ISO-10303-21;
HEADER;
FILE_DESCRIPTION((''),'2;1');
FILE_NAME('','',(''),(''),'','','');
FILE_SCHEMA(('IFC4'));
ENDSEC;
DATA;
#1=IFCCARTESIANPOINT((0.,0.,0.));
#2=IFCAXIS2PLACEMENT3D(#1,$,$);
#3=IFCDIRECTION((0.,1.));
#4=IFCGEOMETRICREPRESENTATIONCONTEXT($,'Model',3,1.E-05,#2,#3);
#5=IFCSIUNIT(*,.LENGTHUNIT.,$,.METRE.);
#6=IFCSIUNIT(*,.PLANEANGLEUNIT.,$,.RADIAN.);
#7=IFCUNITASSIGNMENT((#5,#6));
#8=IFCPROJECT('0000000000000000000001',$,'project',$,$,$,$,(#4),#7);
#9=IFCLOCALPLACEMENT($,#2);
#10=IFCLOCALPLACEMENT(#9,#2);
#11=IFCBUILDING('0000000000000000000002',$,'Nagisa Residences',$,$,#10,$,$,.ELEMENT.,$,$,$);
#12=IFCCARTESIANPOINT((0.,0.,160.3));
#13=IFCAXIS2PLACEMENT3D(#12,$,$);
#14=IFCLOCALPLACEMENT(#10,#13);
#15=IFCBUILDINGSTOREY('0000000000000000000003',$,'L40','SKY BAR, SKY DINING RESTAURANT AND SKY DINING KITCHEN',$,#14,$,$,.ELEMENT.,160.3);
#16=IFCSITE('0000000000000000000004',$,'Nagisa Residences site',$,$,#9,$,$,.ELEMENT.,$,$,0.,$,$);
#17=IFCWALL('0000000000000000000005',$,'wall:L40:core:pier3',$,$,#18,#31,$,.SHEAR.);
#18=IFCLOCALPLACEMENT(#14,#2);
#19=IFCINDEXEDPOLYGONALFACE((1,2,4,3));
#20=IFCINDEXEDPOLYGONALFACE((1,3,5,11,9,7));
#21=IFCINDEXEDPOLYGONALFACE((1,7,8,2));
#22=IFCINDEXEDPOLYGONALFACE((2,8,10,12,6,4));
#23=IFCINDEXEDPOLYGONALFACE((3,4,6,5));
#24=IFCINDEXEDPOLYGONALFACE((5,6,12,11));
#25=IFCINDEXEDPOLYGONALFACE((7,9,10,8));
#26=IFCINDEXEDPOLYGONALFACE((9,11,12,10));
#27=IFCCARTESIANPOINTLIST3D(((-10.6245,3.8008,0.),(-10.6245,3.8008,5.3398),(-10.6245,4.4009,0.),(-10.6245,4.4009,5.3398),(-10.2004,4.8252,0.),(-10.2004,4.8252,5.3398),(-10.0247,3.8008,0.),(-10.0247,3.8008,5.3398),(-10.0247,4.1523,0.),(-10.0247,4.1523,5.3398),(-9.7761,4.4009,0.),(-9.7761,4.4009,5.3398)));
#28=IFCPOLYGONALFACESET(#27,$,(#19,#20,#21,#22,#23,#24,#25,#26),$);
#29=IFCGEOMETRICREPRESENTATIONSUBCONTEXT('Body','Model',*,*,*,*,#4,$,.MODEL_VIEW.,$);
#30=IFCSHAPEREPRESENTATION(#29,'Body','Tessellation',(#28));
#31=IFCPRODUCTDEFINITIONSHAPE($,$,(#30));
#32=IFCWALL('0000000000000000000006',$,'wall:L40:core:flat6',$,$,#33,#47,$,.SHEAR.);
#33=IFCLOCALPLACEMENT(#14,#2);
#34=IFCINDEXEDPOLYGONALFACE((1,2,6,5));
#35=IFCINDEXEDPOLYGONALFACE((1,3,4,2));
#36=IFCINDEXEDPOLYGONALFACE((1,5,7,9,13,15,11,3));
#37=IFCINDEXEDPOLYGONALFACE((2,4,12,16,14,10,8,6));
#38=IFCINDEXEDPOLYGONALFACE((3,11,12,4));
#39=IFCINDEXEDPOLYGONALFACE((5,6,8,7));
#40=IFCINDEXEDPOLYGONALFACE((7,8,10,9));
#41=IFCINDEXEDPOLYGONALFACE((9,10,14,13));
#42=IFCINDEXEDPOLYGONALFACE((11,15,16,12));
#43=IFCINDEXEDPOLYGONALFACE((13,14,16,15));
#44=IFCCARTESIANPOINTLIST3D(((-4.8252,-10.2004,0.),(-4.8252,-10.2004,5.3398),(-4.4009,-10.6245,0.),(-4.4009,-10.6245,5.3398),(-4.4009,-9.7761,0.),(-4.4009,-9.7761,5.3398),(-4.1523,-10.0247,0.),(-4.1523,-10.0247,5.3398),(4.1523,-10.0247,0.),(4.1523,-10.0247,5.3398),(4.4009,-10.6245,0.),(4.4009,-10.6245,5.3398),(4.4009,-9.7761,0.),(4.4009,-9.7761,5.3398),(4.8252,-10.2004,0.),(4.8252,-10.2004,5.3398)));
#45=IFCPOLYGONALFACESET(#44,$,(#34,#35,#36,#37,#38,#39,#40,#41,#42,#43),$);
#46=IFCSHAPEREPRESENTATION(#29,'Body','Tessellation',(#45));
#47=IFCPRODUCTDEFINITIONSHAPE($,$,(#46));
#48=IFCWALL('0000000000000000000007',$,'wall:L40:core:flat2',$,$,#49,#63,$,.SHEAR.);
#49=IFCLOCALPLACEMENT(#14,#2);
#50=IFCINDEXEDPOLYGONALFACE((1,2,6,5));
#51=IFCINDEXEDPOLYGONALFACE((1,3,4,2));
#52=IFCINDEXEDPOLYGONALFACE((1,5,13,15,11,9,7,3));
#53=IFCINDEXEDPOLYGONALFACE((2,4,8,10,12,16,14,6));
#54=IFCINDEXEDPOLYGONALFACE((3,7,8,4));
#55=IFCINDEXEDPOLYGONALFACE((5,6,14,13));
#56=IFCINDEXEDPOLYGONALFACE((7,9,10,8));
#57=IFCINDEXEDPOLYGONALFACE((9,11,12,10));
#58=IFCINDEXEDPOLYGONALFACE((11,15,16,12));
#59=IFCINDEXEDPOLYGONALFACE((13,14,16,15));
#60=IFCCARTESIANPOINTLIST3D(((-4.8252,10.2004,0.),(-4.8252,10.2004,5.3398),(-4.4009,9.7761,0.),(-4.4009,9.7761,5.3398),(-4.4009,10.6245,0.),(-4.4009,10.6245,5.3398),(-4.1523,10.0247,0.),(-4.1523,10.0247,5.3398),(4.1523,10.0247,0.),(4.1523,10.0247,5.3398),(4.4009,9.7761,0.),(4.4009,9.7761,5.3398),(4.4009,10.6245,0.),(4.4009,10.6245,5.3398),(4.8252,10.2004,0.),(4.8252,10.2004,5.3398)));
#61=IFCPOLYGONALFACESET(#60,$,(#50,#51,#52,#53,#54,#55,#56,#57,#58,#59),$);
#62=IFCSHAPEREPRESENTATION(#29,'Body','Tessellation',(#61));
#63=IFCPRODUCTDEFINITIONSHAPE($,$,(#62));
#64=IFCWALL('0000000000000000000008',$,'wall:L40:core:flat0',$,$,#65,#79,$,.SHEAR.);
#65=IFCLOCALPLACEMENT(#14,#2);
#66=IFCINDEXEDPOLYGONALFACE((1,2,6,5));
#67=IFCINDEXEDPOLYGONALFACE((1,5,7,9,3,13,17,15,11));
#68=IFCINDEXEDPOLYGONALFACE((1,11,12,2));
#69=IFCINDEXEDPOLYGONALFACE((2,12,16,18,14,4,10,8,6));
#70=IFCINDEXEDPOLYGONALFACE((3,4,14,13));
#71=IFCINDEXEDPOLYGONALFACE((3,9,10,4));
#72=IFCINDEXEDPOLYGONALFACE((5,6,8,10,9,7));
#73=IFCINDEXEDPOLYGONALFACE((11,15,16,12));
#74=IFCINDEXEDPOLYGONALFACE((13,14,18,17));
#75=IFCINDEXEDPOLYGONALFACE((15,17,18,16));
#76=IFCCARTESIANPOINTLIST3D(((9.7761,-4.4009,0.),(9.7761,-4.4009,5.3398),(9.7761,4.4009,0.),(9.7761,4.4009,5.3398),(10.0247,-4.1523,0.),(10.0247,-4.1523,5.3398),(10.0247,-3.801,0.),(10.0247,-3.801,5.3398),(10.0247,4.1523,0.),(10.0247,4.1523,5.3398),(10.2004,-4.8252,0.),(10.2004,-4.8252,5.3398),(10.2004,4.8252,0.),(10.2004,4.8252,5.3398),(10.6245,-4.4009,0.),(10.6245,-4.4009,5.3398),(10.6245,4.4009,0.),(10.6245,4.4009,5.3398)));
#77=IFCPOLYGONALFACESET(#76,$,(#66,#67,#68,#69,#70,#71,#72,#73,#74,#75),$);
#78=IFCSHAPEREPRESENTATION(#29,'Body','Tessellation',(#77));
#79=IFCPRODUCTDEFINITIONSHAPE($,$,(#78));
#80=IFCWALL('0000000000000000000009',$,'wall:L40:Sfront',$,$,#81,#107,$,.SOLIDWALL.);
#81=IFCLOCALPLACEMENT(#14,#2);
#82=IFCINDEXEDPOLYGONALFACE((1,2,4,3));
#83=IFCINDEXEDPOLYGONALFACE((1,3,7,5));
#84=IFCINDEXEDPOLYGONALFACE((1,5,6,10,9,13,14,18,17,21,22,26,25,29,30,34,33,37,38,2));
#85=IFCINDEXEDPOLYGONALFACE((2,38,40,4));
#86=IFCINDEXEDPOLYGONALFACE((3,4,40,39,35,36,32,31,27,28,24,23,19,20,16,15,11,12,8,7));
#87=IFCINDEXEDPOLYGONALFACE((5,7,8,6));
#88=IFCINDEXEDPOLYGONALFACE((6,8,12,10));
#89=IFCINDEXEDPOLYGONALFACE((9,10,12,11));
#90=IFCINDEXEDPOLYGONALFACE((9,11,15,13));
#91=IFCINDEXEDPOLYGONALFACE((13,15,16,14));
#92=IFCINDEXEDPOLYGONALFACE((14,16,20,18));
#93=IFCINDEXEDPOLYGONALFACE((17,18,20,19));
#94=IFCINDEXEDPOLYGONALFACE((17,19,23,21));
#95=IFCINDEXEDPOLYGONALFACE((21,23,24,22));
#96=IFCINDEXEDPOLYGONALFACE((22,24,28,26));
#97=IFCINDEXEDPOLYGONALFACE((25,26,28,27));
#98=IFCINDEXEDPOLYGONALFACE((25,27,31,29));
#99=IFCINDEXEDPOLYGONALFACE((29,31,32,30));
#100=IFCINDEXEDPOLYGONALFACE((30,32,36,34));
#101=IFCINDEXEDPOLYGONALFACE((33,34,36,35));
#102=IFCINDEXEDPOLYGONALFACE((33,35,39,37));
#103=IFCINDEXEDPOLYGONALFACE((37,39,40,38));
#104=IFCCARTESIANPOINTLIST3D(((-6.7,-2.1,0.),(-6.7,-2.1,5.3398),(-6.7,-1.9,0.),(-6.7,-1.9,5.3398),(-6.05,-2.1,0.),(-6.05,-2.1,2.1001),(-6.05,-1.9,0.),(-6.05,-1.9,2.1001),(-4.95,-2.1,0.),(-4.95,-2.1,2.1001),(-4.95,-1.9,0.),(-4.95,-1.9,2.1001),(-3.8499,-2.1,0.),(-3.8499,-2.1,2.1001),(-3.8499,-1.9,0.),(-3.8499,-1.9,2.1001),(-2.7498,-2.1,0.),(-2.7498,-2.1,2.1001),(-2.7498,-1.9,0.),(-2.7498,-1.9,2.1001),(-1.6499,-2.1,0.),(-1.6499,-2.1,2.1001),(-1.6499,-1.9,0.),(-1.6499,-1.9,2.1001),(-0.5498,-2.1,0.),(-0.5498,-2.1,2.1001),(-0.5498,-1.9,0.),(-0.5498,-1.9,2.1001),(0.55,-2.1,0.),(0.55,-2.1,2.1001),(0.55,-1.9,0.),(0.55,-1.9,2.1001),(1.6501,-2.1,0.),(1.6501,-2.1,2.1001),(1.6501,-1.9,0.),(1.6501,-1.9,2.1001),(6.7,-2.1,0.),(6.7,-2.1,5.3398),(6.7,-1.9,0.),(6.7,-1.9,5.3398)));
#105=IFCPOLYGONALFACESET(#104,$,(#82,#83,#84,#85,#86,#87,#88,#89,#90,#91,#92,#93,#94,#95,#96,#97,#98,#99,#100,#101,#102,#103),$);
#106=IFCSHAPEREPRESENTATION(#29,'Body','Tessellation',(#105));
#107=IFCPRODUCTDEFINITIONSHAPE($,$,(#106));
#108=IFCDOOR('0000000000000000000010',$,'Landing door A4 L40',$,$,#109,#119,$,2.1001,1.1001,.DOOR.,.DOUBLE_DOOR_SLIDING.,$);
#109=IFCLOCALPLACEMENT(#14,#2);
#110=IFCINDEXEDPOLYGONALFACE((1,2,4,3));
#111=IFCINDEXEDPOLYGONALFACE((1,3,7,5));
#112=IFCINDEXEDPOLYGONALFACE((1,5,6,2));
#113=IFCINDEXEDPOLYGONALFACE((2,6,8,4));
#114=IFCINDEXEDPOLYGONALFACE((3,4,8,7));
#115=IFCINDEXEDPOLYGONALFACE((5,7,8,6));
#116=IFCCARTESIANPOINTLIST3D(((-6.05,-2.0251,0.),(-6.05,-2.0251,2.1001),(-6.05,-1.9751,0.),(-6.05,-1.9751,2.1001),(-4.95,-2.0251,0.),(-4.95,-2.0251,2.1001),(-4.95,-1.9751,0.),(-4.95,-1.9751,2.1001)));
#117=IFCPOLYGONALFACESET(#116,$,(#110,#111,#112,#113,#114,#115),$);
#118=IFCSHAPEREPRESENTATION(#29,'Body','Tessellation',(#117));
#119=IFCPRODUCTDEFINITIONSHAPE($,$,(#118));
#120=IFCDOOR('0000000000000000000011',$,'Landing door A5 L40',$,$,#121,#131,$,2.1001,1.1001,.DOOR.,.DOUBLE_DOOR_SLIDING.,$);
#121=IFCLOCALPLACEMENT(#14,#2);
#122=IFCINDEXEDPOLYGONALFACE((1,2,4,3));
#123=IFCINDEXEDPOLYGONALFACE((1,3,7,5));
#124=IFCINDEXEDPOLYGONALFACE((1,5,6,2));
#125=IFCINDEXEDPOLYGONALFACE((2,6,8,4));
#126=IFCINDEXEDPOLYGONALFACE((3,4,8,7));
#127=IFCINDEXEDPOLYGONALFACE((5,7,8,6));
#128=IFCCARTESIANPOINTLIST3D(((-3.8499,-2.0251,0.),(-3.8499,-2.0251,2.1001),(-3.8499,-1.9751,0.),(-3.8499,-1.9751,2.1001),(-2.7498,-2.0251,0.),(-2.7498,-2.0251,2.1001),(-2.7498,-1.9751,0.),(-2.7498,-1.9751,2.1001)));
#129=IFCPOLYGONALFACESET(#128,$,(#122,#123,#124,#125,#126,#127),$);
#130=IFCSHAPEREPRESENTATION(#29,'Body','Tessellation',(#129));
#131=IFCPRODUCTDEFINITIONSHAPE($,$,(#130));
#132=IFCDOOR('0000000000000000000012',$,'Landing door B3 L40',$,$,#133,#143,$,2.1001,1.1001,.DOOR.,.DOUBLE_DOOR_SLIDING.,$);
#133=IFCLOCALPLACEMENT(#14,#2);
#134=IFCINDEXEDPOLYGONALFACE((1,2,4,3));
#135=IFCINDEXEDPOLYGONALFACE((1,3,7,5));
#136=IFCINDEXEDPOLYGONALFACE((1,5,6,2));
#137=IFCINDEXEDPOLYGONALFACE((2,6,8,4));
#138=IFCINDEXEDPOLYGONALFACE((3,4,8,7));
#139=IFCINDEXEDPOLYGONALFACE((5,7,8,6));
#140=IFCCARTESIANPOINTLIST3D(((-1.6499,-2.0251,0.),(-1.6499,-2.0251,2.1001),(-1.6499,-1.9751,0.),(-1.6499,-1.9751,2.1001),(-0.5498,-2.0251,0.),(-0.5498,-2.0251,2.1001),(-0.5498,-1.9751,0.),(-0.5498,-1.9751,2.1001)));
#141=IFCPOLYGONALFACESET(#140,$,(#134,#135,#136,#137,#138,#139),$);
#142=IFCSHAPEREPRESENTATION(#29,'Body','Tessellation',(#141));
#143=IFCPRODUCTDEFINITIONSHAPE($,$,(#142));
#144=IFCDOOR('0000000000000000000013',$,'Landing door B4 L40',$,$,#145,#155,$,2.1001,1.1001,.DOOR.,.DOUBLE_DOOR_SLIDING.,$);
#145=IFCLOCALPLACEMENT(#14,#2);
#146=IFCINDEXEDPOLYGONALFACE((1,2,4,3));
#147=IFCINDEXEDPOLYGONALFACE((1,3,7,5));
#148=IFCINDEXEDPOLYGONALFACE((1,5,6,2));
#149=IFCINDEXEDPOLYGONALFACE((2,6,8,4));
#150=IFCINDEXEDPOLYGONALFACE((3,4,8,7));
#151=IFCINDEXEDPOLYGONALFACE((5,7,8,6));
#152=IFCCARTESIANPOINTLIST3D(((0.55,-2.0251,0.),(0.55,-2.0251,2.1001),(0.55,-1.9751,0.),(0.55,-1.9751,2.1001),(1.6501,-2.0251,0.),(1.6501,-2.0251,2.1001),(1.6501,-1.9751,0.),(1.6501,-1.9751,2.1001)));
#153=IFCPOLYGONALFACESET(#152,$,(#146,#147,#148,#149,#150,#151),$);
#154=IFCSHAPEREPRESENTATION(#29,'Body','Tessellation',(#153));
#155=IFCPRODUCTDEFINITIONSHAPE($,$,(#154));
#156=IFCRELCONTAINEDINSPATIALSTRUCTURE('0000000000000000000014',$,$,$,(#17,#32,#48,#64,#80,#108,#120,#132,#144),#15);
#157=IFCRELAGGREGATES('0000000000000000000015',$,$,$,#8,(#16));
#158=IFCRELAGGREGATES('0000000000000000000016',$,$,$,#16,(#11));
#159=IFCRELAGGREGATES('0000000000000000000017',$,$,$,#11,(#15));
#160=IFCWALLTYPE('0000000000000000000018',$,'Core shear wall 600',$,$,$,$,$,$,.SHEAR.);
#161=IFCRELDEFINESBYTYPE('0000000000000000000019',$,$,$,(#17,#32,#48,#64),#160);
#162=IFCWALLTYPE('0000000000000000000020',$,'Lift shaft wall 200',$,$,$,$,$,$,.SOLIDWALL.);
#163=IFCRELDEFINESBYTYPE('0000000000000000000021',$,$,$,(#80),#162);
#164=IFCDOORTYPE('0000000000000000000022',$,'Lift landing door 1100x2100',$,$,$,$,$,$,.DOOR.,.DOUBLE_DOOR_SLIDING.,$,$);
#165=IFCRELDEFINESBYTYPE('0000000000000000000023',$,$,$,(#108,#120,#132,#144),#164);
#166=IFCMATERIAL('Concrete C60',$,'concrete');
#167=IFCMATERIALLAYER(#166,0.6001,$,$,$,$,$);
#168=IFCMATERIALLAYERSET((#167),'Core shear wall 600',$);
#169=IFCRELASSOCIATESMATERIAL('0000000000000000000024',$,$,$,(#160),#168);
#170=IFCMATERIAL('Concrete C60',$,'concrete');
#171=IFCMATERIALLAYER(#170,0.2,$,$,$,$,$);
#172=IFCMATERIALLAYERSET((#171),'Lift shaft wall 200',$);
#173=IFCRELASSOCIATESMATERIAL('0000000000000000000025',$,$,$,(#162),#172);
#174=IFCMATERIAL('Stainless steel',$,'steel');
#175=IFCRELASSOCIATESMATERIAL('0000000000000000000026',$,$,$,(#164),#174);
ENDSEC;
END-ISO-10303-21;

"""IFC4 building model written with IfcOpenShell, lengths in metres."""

from ifc_helpers import new_model, si_unit, direction, frame, frame_2d, origin, place, context, subcontext, project, spatial, polyline, rectangle, outline, extrude, material, layer, layer_set, type_object, element, fill, save


model = new_model("IFC4")

# Units and contexts
model_context = context("Model", 3, precision=1e-05, world=origin(), true_north=direction((0.0, 1.0)))
body_context = subcontext(model_context, "Body", "Model", "MODEL_VIEW")
ifc_project = project(units=[si_unit("LENGTHUNIT", "METRE"), si_unit("PLANEANGLEUNIT", "RADIAN")], contexts=[model_context])

# Site, building, storey
site_placement = place(None, origin())
site = spatial("IfcSite", under=ifc_project, at=site_placement, Name="Nagisa Residences site", CompositionType="ELEMENT", RefElevation=0.0)
building_placement = place(site_placement, origin())
building = spatial("IfcBuilding", under=site, at=building_placement, Name="Nagisa Residences", CompositionType="ELEMENT")
storey_placement = place(building_placement, frame((0.0, 0.0, 160.3)))
storey = spatial("IfcBuildingStorey", under=building, at=storey_placement, Name="L40", Description="SKY BAR, SKY DINING RESTAURANT AND SKY DINING KITCHEN", CompositionType="ELEMENT", Elevation=160.3)

# Walls
ifc_material_1 = material(Name="Concrete C60", Category="concrete")
ifc_layer_1 = layer(ifc_material_1, 0.6001)
ifc_layer_set_1 = layer_set([ifc_layer_1], Name="Core shear wall 600")
wall_type_1 = type_object("IfcWallType", Name="Core shear wall 600", PredefinedType="SHEAR", material=ifc_layer_set_1)
wall_1_placement = place(storey_placement, origin())
element("IfcWall", 1, at=wall_1_placement, inside=storey, type_object=wall_type_1, Name="wall:L40:core:pier3", PredefinedType="SHEAR", context=body_context, shape_type="SweptSolid", body=[
    extrude(outline(polyline([(-10.2004, 4.8252), (-9.7761, 4.4009), (-10.0247, 4.1523), (-10.0247, 3.8008), (-10.6245, 3.8008), (-10.6245, 4.4009), (-10.2004, 4.8252)])), origin(), (0.0, 0.0, 1.0), 5.3398),
])
wall_2_placement = place(storey_placement, origin())
element("IfcWall", 2, at=wall_2_placement, inside=storey, type_object=wall_type_1, Name="wall:L40:core:flat6", PredefinedType="SHEAR", context=body_context, shape_type="SweptSolid", body=[
    extrude(outline(polyline([(-4.1523, -10.0247), (4.1523, -10.0247), (4.4009, -9.7761), (4.8252, -10.2004), (4.4009, -10.6245), (-4.4009, -10.6245), (-4.8252, -10.2004), (-4.4009, -9.7761), (-4.1523, -10.0247)])), origin(), (0.0, 0.0, 1.0), 5.3398),
])
wall_3_placement = place(storey_placement, origin())
element("IfcWall", 3, at=wall_3_placement, inside=storey, type_object=wall_type_1, Name="wall:L40:core:flat2", PredefinedType="SHEAR", context=body_context, shape_type="SweptSolid", body=[
    extrude(outline(polyline([(-4.1523, 10.0247), (-4.4009, 9.7761), (-4.8252, 10.2004), (-4.4009, 10.6245), (4.4009, 10.6245), (4.8252, 10.2004), (4.4009, 9.7761), (4.1523, 10.0247), (-4.1523, 10.0247)])), origin(), (0.0, 0.0, 1.0), 5.3398),
])
wall_4_placement = place(storey_placement, origin())
element("IfcWall", 4, at=wall_4_placement, inside=storey, type_object=wall_type_1, Name="wall:L40:core:flat0", PredefinedType="SHEAR", context=body_context, shape_type="SweptSolid", body=[
    extrude(outline(polyline([(9.7761, -4.4009), (10.0247, -4.1523), (10.0247, -3.801), (10.0247, 4.1523), (9.7761, 4.4009), (10.2004, 4.8252), (10.6245, 4.4009), (10.6245, -4.4009), (10.2004, -4.8252), (9.7761, -4.4009)])), origin(), (0.0, 0.0, 1.0), 5.3398),
])

# Wall, openings, doors
ifc_material_2 = material(Name="Concrete C60", Category="concrete")
ifc_layer_2 = layer(ifc_material_2, 0.2)
ifc_layer_set_2 = layer_set([ifc_layer_2], Name="Lift shaft wall 200")
wall_type_2 = type_object("IfcWallType", Name="Lift shaft wall 200", PredefinedType="SOLIDWALL", material=ifc_layer_set_2)
wall_5_placement = place(storey_placement, frame((-6.7, -2.0, 0.0), z_axis=(0.0, 0.0, 1.0), x_axis=(1.0, 0.0, 0.0)))
wall_5 = element("IfcWall", 5, at=wall_5_placement, inside=storey, type_object=wall_type_2, Name="wall:L40:Sfront", PredefinedType="SOLIDWALL", context=body_context, shape_type="SweptSolid", body=[
    extrude(rectangle(XDim=13.3999, YDim=0.2, at=frame_2d((6.7, 0.0))), origin(), (0.0, 0.0, 1.0), 5.3398),
])
opening_1_placement = place(wall_5_placement, frame((0.6499, 0.0, 0.0)))
opening_1 = element("IfcOpeningElement", 6, at=opening_1_placement, cuts=wall_5, PredefinedType="OPENING", context=body_context, shape_type="SweptSolid", body=[
    extrude(rectangle(XDim=1.1001, YDim=2.1001, at=frame_2d((0.55, 1.05))), frame((0.0, 0.1099, 0.0), z_axis=(0.0, -1.0, 0.0), x_axis=(1.0, 0.0, 0.0)), (0.0, 0.0, 1.0), 0.22),
])
opening_2_placement = place(wall_5_placement, frame((2.8501, 0.0, 0.0)))
opening_2 = element("IfcOpeningElement", 7, at=opening_2_placement, cuts=wall_5, PredefinedType="OPENING", context=body_context, shape_type="SweptSolid", body=[
    extrude(rectangle(XDim=1.1001, YDim=2.1001, at=frame_2d((0.55, 1.05))), frame((0.0, 0.1099, 0.0), z_axis=(0.0, -1.0, 0.0), x_axis=(1.0, 0.0, 0.0)), (0.0, 0.0, 1.0), 0.22),
])
opening_3_placement = place(wall_5_placement, frame((5.05, 0.0, 0.0)))
opening_3 = element("IfcOpeningElement", 8, at=opening_3_placement, cuts=wall_5, PredefinedType="OPENING", context=body_context, shape_type="SweptSolid", body=[
    extrude(rectangle(XDim=1.1001, YDim=2.1001, at=frame_2d((0.55, 1.05))), frame((0.0, 0.1099, 0.0), z_axis=(0.0, -1.0, 0.0), x_axis=(1.0, 0.0, 0.0)), (0.0, 0.0, 1.0), 0.22),
])
opening_4_placement = place(wall_5_placement, frame((7.25, 0.0, 0.0)))
opening_4 = element("IfcOpeningElement", 9, at=opening_4_placement, cuts=wall_5, PredefinedType="OPENING", context=body_context, shape_type="SweptSolid", body=[
    extrude(rectangle(XDim=1.1001, YDim=2.1001, at=frame_2d((0.55, 1.05))), frame((0.0, 0.1099, 0.0), z_axis=(0.0, -1.0, 0.0), x_axis=(1.0, 0.0, 0.0)), (0.0, 0.0, 1.0), 0.22),
])
ifc_material_3 = material(Name="Stainless steel", Category="steel")
door_type = type_object("IfcDoorType", Name="Lift landing door 1100x2100", OperationType="DOUBLE_DOOR_SLIDING", PredefinedType="DOOR", material=ifc_material_3)
door_1_placement = place(opening_1_placement, origin())
door_1 = element("IfcDoor", 10, at=door_1_placement, inside=storey, type_object=door_type, Name="Landing door A4 L40", OperationType="DOUBLE_DOOR_SLIDING", OverallHeight=2.1001, OverallWidth=1.1001, PredefinedType="DOOR", context=body_context, shape_type="SweptSolid", body=[
    extrude(rectangle(XDim=1.1001, YDim=2.1001, at=frame_2d((0.55, 1.05))), frame((0.0, 0.0249, 0.0), z_axis=(0.0, -1.0, 0.0), x_axis=(1.0, 0.0, 0.0)), (0.0, 0.0, 1.0), 0.05),
])
fill(opening_1, door_1)
door_2_placement = place(opening_2_placement, origin())
door_2 = element("IfcDoor", 11, at=door_2_placement, inside=storey, type_object=door_type, Name="Landing door A5 L40", OperationType="DOUBLE_DOOR_SLIDING", OverallHeight=2.1001, OverallWidth=1.1001, PredefinedType="DOOR", context=body_context, shape_type="SweptSolid", body=[
    extrude(rectangle(XDim=1.1001, YDim=2.1001, at=frame_2d((0.55, 1.05))), frame((0.0, 0.0249, 0.0), z_axis=(0.0, -1.0, 0.0), x_axis=(1.0, 0.0, 0.0)), (0.0, 0.0, 1.0), 0.05),
])
fill(opening_2, door_2)
door_3_placement = place(opening_3_placement, origin())
door_3 = element("IfcDoor", 12, at=door_3_placement, inside=storey, type_object=door_type, Name="Landing door B3 L40", OperationType="DOUBLE_DOOR_SLIDING", OverallHeight=2.1001, OverallWidth=1.1001, PredefinedType="DOOR", context=body_context, shape_type="SweptSolid", body=[
    extrude(rectangle(XDim=1.1001, YDim=2.1001, at=frame_2d((0.55, 1.05))), frame((0.0, 0.0249, 0.0), z_axis=(0.0, -1.0, 0.0), x_axis=(1.0, 0.0, 0.0)), (0.0, 0.0, 1.0), 0.05),
])
fill(opening_3, door_3)
door_4_placement = place(opening_4_placement, origin())
door_4 = element("IfcDoor", 13, at=door_4_placement, inside=storey, type_object=door_type, Name="Landing door B4 L40", OperationType="DOUBLE_DOOR_SLIDING", OverallHeight=2.1001, OverallWidth=1.1001, PredefinedType="DOOR", context=body_context, shape_type="SweptSolid", body=[
    extrude(rectangle(XDim=1.1001, YDim=2.1001, at=frame_2d((0.55, 1.05))), frame((0.0, 0.0249, 0.0), z_axis=(0.0, -1.0, 0.0), x_axis=(1.0, 0.0, 0.0)), (0.0, 0.0, 1.0), 0.05),
])
fill(opening_4, door_4)

save(model, "model.ifc")
